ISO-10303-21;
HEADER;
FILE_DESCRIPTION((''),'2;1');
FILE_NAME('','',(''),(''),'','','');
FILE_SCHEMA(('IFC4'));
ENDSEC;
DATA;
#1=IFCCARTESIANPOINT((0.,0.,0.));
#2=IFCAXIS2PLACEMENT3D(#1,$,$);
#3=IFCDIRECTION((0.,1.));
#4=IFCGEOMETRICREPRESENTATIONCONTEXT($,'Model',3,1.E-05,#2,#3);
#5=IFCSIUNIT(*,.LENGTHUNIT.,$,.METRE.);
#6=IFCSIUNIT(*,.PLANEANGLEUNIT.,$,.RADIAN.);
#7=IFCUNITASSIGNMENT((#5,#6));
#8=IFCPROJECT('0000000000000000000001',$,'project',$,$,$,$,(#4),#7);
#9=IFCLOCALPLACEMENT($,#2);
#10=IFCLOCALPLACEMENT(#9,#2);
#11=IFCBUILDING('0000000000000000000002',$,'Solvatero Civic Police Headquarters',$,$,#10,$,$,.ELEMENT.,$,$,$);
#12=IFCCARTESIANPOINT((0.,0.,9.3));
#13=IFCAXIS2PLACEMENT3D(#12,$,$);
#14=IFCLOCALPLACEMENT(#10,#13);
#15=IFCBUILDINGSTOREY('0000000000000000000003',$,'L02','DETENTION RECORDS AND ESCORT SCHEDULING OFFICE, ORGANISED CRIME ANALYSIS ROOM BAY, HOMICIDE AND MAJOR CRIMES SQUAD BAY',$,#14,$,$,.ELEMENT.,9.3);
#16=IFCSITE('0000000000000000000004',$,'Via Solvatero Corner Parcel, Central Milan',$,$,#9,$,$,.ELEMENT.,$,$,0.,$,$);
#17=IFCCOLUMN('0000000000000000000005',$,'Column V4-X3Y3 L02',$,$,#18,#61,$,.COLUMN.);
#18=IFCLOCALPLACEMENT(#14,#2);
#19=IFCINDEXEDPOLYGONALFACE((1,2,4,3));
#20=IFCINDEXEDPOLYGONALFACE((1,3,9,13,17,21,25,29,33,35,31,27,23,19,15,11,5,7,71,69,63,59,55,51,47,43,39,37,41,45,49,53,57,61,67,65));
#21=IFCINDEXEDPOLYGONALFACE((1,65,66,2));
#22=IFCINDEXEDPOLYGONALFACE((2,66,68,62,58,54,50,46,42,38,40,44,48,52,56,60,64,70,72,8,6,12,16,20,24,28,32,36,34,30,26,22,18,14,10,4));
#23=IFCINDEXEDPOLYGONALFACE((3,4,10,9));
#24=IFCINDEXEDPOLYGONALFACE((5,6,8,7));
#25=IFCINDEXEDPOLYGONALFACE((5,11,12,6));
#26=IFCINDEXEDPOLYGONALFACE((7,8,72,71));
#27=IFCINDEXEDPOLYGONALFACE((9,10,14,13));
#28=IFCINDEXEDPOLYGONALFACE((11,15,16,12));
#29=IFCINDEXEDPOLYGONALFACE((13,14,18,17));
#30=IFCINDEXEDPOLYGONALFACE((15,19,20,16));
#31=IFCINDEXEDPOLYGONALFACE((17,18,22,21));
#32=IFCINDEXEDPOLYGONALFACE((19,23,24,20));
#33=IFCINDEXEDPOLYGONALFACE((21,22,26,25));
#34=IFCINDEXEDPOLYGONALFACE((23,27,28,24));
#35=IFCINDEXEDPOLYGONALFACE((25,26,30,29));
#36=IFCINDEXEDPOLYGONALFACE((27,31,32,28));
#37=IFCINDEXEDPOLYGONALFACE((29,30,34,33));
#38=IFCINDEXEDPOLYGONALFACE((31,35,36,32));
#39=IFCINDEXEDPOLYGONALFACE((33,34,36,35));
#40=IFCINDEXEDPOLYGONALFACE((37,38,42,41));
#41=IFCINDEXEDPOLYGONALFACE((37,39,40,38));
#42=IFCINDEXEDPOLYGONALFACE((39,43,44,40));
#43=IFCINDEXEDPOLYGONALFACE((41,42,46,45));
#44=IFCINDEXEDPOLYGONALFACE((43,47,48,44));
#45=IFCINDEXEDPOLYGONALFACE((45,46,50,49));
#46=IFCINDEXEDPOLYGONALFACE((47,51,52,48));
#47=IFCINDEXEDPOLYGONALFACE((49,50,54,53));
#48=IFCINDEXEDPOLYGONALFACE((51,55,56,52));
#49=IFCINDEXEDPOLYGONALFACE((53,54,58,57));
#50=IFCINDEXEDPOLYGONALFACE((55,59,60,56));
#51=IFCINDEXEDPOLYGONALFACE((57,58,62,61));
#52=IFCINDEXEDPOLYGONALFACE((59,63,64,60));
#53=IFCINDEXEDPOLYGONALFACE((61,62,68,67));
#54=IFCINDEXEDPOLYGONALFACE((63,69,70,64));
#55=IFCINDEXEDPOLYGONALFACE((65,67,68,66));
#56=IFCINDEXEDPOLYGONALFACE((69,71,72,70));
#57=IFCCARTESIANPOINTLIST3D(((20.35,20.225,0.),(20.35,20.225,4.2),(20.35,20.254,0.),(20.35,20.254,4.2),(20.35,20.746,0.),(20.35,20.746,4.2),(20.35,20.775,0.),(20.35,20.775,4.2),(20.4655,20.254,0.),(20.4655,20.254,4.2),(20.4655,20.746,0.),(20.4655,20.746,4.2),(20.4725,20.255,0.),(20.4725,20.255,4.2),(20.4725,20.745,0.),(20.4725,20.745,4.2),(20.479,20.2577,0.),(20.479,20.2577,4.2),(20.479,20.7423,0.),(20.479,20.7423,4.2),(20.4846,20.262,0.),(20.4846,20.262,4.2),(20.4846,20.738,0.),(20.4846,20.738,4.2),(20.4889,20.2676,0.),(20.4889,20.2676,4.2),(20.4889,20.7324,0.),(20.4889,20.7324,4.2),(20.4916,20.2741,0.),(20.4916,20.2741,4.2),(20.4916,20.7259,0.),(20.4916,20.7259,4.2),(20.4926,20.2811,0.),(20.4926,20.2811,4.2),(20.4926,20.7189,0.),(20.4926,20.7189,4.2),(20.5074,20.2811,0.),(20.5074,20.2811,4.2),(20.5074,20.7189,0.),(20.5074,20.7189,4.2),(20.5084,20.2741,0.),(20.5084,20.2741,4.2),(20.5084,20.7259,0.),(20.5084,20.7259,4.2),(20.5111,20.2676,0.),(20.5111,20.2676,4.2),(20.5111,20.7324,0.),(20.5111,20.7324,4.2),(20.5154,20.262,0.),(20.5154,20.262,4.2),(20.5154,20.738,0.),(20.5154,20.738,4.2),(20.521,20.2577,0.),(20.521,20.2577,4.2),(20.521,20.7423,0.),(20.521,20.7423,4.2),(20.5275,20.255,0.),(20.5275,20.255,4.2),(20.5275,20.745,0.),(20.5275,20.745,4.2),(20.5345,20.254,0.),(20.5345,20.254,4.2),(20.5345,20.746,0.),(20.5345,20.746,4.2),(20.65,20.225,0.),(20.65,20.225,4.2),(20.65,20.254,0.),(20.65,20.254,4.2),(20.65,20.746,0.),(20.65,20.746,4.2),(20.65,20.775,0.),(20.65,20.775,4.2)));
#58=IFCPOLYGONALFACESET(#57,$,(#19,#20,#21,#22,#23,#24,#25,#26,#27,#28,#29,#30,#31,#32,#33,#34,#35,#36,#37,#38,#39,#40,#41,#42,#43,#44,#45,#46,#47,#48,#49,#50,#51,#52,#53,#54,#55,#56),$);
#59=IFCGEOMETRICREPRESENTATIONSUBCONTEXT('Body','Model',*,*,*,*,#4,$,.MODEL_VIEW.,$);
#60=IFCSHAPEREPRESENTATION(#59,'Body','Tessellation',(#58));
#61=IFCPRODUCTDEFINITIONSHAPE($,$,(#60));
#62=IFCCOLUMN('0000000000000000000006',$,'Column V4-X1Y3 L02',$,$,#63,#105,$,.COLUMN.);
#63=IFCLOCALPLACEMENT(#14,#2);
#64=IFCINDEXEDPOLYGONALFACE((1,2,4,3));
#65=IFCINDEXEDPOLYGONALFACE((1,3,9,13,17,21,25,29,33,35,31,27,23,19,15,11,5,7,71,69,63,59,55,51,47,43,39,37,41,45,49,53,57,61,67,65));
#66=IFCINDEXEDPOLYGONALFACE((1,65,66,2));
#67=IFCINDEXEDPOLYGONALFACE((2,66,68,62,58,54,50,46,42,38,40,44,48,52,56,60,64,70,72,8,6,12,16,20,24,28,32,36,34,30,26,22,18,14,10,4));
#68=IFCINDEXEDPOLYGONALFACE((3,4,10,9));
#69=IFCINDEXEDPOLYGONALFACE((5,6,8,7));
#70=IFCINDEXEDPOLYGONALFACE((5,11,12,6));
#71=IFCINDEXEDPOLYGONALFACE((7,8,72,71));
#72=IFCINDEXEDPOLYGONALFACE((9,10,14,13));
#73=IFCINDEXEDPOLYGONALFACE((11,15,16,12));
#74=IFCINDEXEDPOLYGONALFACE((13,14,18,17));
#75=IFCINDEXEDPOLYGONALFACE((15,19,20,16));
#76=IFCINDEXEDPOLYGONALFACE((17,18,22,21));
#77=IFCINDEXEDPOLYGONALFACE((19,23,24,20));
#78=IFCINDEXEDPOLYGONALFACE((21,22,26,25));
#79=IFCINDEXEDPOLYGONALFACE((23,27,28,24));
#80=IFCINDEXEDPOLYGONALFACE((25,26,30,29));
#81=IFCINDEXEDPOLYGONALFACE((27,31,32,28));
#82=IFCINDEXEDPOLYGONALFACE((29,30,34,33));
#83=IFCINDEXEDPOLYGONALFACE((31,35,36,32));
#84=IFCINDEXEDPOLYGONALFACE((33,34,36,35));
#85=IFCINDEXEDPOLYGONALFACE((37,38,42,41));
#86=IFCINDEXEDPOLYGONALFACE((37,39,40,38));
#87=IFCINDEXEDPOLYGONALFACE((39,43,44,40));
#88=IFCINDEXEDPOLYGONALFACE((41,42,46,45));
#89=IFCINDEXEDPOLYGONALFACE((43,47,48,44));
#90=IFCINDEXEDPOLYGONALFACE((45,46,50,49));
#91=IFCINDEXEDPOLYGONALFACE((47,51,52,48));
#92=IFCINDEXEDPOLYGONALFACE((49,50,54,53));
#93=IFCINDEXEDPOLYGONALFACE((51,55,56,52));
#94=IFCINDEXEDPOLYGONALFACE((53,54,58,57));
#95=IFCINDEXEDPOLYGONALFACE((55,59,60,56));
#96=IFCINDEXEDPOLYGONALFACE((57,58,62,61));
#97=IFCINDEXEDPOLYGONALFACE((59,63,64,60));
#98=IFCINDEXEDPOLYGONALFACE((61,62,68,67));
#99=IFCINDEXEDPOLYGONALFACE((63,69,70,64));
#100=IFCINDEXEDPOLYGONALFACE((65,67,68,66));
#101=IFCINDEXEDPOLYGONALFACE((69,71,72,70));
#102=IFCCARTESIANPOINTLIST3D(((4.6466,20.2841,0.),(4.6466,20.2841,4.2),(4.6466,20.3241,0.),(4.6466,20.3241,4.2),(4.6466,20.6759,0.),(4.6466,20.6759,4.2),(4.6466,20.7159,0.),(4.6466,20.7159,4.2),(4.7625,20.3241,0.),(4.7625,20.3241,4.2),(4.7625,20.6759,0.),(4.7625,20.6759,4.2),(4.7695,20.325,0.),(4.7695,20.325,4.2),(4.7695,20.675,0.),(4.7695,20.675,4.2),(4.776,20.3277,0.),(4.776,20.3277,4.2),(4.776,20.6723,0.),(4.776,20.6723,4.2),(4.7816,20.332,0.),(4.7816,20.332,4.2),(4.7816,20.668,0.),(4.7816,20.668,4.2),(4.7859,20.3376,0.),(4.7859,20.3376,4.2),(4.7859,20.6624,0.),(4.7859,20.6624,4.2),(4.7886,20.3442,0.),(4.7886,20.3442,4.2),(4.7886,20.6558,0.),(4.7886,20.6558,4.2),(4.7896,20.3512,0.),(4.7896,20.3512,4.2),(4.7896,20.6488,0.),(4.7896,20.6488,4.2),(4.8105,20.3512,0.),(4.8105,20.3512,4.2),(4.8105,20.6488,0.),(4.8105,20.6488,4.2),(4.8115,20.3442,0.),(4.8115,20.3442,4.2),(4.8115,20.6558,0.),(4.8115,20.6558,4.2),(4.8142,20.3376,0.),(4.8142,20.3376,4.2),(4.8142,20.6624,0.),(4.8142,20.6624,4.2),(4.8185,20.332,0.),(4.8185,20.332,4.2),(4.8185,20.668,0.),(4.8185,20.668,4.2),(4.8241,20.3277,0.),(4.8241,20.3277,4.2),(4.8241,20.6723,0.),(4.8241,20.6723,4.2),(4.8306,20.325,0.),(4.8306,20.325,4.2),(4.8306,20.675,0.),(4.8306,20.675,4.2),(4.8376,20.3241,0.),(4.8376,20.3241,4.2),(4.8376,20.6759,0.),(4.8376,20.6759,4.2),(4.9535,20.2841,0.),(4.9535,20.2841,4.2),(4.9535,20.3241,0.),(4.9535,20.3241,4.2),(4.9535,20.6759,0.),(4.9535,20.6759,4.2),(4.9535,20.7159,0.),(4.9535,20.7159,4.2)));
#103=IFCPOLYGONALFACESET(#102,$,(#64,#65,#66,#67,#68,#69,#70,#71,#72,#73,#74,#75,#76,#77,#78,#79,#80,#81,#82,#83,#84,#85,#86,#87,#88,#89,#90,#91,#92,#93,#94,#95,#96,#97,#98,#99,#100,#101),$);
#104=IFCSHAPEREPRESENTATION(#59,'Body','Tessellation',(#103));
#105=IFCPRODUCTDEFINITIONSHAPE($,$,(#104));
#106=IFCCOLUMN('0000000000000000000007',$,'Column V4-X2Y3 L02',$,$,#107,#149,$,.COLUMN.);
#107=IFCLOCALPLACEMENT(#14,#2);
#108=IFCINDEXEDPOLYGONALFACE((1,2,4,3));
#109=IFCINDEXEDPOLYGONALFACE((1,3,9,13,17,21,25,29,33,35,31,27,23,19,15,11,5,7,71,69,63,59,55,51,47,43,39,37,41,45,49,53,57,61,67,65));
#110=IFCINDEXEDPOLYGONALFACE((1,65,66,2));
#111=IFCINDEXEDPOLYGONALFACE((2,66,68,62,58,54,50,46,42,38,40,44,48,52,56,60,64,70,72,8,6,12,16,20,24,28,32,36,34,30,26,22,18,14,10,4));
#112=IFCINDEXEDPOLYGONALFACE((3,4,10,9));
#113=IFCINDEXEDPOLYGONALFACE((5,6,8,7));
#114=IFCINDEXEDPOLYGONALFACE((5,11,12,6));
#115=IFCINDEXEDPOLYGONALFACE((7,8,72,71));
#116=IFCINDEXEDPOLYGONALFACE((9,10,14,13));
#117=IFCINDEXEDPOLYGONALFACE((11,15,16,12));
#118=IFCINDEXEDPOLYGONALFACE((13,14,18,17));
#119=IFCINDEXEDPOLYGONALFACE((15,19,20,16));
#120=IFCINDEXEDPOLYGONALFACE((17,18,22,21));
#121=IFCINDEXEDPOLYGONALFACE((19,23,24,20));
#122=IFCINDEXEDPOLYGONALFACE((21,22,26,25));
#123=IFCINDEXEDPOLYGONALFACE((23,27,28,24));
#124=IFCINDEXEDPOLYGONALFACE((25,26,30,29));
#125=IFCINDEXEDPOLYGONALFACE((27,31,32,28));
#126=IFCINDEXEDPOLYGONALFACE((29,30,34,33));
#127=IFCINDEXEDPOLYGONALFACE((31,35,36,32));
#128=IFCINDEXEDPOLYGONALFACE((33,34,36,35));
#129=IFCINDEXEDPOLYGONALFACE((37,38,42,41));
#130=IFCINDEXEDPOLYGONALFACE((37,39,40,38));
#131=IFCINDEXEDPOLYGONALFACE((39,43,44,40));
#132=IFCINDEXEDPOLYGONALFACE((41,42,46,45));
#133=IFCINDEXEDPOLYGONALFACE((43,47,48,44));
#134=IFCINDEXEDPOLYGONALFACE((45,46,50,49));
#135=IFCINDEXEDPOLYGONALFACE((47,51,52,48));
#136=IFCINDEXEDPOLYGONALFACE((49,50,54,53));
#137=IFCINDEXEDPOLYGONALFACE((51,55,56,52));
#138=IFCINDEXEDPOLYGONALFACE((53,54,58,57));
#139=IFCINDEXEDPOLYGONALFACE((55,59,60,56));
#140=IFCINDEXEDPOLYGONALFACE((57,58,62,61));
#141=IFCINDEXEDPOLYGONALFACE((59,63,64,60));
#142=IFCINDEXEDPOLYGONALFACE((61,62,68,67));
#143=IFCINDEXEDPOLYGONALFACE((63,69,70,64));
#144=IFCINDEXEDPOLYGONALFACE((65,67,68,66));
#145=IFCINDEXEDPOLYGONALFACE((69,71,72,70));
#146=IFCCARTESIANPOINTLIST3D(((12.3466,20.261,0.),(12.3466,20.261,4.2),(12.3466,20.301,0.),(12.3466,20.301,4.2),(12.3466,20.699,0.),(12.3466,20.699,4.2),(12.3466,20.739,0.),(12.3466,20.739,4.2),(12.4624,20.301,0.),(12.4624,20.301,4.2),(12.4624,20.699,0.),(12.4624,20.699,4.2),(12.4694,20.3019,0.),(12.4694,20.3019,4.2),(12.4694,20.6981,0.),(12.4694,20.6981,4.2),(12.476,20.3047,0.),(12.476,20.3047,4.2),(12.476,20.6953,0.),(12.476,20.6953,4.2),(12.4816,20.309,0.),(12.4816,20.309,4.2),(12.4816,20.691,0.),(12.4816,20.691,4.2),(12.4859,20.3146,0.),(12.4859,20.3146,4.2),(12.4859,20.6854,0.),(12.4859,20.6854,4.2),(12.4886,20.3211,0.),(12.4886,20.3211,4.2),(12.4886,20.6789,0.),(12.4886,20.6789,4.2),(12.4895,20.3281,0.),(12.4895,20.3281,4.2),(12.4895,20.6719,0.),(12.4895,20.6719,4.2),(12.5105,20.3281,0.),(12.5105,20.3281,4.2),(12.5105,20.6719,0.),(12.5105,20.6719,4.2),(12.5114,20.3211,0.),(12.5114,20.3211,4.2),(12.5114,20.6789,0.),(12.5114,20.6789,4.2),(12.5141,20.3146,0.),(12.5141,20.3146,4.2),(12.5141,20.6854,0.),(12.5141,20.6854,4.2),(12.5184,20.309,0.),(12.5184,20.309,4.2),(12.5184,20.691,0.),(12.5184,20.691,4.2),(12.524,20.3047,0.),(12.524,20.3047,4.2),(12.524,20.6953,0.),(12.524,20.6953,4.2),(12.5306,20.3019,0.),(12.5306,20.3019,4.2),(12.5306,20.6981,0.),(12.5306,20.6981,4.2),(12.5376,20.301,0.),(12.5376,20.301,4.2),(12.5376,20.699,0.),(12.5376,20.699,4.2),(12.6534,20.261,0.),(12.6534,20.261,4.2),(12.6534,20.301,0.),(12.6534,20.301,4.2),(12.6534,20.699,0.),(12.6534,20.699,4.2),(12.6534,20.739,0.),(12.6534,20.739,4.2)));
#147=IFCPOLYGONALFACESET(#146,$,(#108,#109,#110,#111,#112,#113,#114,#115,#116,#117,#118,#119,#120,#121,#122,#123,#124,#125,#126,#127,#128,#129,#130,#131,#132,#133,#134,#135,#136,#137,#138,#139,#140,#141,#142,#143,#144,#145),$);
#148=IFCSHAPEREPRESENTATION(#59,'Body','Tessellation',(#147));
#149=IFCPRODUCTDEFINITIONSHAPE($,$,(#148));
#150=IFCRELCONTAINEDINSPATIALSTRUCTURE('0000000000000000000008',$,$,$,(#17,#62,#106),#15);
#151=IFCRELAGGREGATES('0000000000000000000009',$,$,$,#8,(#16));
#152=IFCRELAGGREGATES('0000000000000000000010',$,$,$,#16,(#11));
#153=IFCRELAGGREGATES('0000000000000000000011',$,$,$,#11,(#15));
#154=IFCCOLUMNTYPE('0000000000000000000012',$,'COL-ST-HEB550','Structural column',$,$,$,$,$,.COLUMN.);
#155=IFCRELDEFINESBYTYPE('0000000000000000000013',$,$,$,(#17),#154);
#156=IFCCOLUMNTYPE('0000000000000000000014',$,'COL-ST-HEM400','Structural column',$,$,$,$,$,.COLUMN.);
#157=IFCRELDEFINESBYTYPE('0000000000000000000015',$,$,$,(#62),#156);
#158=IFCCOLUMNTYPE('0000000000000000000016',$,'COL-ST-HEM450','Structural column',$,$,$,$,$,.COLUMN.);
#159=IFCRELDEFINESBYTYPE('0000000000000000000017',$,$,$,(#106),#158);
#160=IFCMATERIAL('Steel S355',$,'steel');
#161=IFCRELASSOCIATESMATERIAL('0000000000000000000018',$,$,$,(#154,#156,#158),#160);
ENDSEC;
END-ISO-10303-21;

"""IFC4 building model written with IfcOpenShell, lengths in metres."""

from ifc_helpers import new_model, si_unit, direction, frame, origin, origin_2d, place, context, subcontext, project, spatial, i_section, extrude, material, material_profile, profile_set, type_object, element, save


model = new_model("IFC4")

# Units and contexts
model_context = context("Model", 3, precision=1e-05, world=origin(), true_north=direction((0.0, 1.0)))
body_context = subcontext(model_context, "Body", "Model", "MODEL_VIEW")
ifc_project = project(units=[si_unit("LENGTHUNIT", "METRE"), si_unit("PLANEANGLEUNIT", "RADIAN")], contexts=[model_context])

# Site, building, storey
site_placement = place(None, origin())
site = spatial("IfcSite", under=ifc_project, at=site_placement, Name="Via Solvatero Corner Parcel, Central Milan", CompositionType="ELEMENT", RefElevation=0.0)
building_placement = place(site_placement, origin())
building = spatial("IfcBuilding", under=site, at=building_placement, Name="Solvatero Civic Police Headquarters", CompositionType="ELEMENT")
storey_placement = place(building_placement, frame((0.0, 0.0, 9.3)))
storey = spatial("IfcBuildingStorey", under=building, at=storey_placement, Name="L02", Description="DETENTION RECORDS AND ESCORT SCHEDULING OFFICE, ORGANISED CRIME ANALYSIS ROOM BAY, HOMICIDE AND MAJOR CRIMES SQUAD BAY", CompositionType="ELEMENT", Elevation=9.3)

# Columns
ifc_material_1 = material(Name="Steel S355", Category="steel")
ifc_material_profile_1 = material_profile(ifc_material_1, i_section(OverallWidth=0.3, OverallDepth=0.55, WebThickness=0.0149, FlangeThickness=0.0291, FilletRadius=0.0271, at=origin_2d()), Name="HEB 550")
ifc_profile_set_1 = profile_set([ifc_material_profile_1], Name="Steel S355")
column_type_1 = type_object("IfcColumnType", Name="COL-ST-HEB550", Description="Structural column", PredefinedType="COLUMN", material=ifc_profile_set_1)
column_1_placement = place(storey_placement, frame((20.5, 20.5, 0.0), z_axis=(0.0, 0.0, 1.0), x_axis=(1.0, 0.0, 0.0)))
element("IfcColumn", 1, at=column_1_placement, inside=storey, type_object=column_type_1, Name="Column V4-X3Y3 L02", PredefinedType="COLUMN", context=body_context, shape_type="SweptSolid", body=[
    extrude(i_section(OverallWidth=0.3, OverallDepth=0.55, WebThickness=0.0149, FlangeThickness=0.0291, FilletRadius=0.0271, at=origin_2d()), origin(), (0.0, 0.0, 1.0), 4.2),
])
ifc_material_profile_2 = material_profile(ifc_material_1, i_section(OverallWidth=0.3069, OverallDepth=0.4319, WebThickness=0.021, FlangeThickness=0.04, FilletRadius=0.0271, at=origin_2d()), Name="HEM 400")
ifc_profile_set_2 = profile_set([ifc_material_profile_2], Name="Steel S355")
column_type_2 = type_object("IfcColumnType", Name="COL-ST-HEM400", Description="Structural column", PredefinedType="COLUMN", material=ifc_profile_set_2)
column_2_placement = place(storey_placement, frame((4.8, 20.5, 0.0), z_axis=(0.0, 0.0, 1.0), x_axis=(1.0, 0.0, 0.0)))
element("IfcColumn", 2, at=column_2_placement, inside=storey, type_object=column_type_2, Name="Column V4-X1Y3 L02", PredefinedType="COLUMN", context=body_context, shape_type="SweptSolid", body=[
    extrude(i_section(OverallWidth=0.3069, OverallDepth=0.4319, WebThickness=0.021, FlangeThickness=0.04, FilletRadius=0.0271, at=origin_2d()), origin(), (0.0, 0.0, 1.0), 4.2),
])
ifc_material_profile_3 = material_profile(ifc_material_1, i_section(OverallWidth=0.3069, OverallDepth=0.478, WebThickness=0.021, FlangeThickness=0.04, FilletRadius=0.0271, at=origin_2d()), Name="HEM 450")
ifc_profile_set_3 = profile_set([ifc_material_profile_3], Name="Steel S355")
column_type_3 = type_object("IfcColumnType", Name="COL-ST-HEM450", Description="Structural column", PredefinedType="COLUMN", material=ifc_profile_set_3)
column_3_placement = place(storey_placement, frame((12.5, 20.5, 0.0), z_axis=(0.0, 0.0, 1.0), x_axis=(1.0, 0.0, 0.0)))
element("IfcColumn", 3, at=column_3_placement, inside=storey, type_object=column_type_3, Name="Column V4-X2Y3 L02", PredefinedType="COLUMN", context=body_context, shape_type="SweptSolid", body=[
    extrude(i_section(OverallWidth=0.3069, OverallDepth=0.478, WebThickness=0.021, FlangeThickness=0.04, FilletRadius=0.0271, at=origin_2d()), origin(), (0.0, 0.0, 1.0), 4.2),
])

save(model, "model.ifc")
